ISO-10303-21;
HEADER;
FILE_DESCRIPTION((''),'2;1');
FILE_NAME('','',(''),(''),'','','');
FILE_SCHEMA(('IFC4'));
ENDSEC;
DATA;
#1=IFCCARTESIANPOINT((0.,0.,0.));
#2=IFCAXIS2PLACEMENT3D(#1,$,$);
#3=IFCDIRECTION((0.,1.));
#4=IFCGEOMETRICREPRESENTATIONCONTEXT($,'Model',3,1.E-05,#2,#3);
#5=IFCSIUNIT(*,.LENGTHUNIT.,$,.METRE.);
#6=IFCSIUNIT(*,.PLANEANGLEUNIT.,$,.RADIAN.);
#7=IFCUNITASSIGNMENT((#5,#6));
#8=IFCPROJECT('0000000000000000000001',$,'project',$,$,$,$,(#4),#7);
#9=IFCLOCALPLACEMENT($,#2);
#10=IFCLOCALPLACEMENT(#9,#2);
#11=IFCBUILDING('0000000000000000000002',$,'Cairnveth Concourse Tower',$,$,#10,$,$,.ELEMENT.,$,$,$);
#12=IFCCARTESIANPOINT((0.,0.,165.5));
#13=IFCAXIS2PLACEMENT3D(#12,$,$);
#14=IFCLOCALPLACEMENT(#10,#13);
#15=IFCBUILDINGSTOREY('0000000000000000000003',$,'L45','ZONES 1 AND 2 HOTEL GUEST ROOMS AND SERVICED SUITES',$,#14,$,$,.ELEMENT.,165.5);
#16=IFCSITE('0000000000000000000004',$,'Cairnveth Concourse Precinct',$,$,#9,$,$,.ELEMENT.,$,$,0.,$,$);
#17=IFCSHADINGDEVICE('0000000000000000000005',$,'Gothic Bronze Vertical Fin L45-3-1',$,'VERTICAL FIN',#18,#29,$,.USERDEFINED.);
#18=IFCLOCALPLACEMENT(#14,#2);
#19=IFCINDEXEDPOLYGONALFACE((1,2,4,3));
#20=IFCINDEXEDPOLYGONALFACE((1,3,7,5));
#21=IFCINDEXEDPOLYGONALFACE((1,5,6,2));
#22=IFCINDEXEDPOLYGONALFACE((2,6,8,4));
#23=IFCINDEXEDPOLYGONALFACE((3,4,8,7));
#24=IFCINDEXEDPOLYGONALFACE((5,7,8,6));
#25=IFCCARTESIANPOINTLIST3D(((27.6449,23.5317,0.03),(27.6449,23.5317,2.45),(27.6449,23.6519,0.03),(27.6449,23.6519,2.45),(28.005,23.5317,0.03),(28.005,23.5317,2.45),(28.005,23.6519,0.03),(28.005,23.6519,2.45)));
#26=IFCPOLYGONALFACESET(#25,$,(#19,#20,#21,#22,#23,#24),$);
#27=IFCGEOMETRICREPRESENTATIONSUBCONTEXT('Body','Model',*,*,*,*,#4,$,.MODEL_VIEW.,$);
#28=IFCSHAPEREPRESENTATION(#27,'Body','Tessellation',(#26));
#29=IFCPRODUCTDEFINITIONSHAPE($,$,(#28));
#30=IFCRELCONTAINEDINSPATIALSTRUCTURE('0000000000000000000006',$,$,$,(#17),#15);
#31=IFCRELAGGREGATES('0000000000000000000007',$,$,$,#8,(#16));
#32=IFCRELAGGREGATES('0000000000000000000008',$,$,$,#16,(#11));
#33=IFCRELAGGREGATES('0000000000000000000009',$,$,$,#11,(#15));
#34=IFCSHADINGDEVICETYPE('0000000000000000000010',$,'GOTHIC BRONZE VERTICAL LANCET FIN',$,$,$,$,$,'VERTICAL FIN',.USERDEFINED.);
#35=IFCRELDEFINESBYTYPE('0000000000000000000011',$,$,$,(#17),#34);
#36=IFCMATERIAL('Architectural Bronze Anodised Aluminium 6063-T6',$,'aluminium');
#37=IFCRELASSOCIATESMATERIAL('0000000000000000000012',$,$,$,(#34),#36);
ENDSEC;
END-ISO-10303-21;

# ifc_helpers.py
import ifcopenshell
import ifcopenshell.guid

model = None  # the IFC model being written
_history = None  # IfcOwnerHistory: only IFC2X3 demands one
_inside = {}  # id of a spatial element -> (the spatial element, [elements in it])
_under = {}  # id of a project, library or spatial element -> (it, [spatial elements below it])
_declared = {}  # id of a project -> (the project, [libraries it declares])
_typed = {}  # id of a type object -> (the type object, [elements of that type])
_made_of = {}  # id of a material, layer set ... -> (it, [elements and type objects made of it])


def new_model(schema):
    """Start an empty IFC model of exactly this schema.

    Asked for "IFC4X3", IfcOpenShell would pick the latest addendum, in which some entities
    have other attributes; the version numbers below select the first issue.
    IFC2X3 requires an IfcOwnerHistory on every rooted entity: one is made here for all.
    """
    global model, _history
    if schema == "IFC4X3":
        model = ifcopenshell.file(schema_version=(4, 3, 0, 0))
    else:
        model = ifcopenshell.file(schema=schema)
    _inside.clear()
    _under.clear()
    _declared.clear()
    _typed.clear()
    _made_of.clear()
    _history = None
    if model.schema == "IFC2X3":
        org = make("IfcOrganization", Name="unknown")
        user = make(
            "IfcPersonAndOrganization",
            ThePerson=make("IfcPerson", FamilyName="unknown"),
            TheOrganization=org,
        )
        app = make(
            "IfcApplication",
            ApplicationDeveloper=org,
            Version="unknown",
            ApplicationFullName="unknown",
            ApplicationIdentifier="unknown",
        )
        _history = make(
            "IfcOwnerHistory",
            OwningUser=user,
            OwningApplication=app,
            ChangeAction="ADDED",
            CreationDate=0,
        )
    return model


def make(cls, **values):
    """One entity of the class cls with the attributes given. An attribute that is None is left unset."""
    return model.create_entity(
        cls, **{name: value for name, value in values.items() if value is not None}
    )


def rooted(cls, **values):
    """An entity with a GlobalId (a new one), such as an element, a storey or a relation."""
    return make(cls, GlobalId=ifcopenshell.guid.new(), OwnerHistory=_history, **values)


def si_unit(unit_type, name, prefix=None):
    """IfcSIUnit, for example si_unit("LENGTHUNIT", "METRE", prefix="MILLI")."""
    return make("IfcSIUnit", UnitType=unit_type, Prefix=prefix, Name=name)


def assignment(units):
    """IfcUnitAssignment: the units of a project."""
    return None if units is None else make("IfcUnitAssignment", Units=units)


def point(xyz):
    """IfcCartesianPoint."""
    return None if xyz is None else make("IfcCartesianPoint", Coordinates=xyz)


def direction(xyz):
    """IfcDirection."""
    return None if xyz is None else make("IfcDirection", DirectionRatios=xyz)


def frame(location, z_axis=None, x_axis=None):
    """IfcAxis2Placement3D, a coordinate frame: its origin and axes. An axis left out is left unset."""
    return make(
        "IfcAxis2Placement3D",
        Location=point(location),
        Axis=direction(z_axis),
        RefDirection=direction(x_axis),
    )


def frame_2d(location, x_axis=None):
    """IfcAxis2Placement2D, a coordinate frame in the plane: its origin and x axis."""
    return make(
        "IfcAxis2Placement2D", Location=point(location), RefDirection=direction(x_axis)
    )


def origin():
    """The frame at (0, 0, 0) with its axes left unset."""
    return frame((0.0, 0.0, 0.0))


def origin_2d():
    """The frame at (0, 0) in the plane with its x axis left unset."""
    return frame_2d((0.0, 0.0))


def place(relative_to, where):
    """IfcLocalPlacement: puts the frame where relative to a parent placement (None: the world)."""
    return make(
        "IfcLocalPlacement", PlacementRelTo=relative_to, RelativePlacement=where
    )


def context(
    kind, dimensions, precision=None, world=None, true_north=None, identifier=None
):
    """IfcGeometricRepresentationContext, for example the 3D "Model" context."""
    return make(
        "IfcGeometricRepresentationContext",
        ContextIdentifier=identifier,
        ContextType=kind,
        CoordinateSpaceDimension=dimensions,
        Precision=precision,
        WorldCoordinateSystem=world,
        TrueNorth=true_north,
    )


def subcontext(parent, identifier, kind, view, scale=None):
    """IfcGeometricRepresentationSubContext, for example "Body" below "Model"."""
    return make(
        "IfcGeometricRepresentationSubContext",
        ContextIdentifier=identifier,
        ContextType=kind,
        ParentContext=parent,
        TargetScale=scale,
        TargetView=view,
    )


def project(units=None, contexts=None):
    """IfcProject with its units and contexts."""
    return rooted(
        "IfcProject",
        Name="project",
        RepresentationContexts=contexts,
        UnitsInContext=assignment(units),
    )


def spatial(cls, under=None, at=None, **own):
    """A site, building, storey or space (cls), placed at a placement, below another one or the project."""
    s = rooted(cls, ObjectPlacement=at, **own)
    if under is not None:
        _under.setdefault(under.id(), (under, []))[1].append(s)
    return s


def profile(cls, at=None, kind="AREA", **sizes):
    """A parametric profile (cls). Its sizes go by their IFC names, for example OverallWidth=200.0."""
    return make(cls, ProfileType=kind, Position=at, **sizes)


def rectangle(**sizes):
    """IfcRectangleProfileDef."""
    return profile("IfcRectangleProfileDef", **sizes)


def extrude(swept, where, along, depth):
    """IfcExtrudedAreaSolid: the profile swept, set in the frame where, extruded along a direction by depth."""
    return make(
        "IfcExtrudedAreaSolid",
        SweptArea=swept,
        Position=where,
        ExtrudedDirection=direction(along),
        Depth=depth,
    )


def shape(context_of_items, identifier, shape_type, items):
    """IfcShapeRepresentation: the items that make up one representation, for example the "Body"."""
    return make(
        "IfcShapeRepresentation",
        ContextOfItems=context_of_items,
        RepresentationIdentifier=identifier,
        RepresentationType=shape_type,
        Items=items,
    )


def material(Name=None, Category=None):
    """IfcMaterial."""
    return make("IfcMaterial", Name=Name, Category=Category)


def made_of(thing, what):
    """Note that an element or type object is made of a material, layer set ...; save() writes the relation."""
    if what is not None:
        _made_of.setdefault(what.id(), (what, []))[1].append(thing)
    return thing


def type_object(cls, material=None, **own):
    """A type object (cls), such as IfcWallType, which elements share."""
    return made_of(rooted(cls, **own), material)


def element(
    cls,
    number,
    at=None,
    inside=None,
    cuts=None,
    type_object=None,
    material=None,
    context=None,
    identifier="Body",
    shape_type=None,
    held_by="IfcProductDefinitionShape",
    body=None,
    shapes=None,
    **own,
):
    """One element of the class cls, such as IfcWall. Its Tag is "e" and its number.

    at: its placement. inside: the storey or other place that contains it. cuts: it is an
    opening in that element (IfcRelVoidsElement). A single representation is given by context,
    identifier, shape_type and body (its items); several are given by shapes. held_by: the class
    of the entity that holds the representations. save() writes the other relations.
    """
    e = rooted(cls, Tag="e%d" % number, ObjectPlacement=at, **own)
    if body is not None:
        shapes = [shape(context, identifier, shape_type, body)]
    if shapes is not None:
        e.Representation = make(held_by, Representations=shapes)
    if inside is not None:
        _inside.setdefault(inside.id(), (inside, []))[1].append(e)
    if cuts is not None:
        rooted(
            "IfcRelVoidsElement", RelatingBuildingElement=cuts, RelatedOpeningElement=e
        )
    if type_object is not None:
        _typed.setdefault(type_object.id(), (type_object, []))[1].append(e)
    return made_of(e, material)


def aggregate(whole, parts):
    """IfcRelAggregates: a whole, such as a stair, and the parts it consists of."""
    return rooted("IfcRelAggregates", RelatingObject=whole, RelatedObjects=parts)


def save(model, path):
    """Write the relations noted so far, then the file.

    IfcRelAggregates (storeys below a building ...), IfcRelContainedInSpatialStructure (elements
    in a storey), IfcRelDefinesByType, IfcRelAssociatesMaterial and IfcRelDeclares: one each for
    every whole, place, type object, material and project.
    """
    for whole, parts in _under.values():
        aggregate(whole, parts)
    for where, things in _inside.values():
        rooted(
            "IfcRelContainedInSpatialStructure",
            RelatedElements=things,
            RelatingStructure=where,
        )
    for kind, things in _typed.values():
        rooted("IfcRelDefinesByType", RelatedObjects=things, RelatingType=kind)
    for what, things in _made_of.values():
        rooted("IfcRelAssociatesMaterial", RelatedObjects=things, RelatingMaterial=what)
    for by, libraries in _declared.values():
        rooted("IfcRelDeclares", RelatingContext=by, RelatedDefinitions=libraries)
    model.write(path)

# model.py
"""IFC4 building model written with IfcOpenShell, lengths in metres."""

from ifc_helpers import new_model, si_unit, direction, frame, origin, origin_2d, place, context, subcontext, project, spatial, rectangle, extrude, material, type_object, element, save


model = new_model("IFC4")

# Units and contexts
model_context = context("Model", 3, precision=1e-05, world=origin(), true_north=direction((0.0, 1.0)))
body_context = subcontext(model_context, "Body", "Model", "MODEL_VIEW")
ifc_project = project(units=[si_unit("LENGTHUNIT", "METRE"), si_unit("PLANEANGLEUNIT", "RADIAN")], contexts=[model_context])

# Site, building, storey
site_placement = place(None, origin())
site = spatial("IfcSite", under=ifc_project, at=site_placement, Name="Cairnveth Concourse Precinct", CompositionType="ELEMENT", RefElevation=0.0)
building_placement = place(site_placement, origin())
building = spatial("IfcBuilding", under=site, at=building_placement, Name="Cairnveth Concourse Tower", CompositionType="ELEMENT")
storey_placement = place(building_placement, frame((0.0, 0.0, 165.5)))
storey = spatial("IfcBuildingStorey", under=building, at=storey_placement, Name="L45", Description="ZONES 1 AND 2 HOTEL GUEST ROOMS AND SERVICED SUITES", CompositionType="ELEMENT", Elevation=165.5)

# Shading device
ifc_material_1 = material(Name="Architectural Bronze Anodised Aluminium 6063-T6", Category="aluminium")
shading_device_type = type_object("IfcShadingDeviceType", Name="GOTHIC BRONZE VERTICAL LANCET FIN", ElementType="VERTICAL FIN", PredefinedType="USERDEFINED", material=ifc_material_1)
shading_device_placement = place(storey_placement, frame((27.825, 23.5918, 0.03), z_axis=(0.0, 0.0, 1.0), x_axis=(0.0, 1.0, 0.0)))
element("IfcShadingDevice", 1, at=shading_device_placement, inside=storey, type_object=shading_device_type, Name="Gothic Bronze Vertical Fin L45-3-1", ObjectType="VERTICAL FIN", PredefinedType="USERDEFINED", context=body_context, shape_type="SweptSolid", body=[
    extrude(rectangle(XDim=0.1201, YDim=0.3601, at=origin_2d()), origin(), (0.0, 0.0, 1.0), 2.4199),
])

save(model, "model.ifc")
